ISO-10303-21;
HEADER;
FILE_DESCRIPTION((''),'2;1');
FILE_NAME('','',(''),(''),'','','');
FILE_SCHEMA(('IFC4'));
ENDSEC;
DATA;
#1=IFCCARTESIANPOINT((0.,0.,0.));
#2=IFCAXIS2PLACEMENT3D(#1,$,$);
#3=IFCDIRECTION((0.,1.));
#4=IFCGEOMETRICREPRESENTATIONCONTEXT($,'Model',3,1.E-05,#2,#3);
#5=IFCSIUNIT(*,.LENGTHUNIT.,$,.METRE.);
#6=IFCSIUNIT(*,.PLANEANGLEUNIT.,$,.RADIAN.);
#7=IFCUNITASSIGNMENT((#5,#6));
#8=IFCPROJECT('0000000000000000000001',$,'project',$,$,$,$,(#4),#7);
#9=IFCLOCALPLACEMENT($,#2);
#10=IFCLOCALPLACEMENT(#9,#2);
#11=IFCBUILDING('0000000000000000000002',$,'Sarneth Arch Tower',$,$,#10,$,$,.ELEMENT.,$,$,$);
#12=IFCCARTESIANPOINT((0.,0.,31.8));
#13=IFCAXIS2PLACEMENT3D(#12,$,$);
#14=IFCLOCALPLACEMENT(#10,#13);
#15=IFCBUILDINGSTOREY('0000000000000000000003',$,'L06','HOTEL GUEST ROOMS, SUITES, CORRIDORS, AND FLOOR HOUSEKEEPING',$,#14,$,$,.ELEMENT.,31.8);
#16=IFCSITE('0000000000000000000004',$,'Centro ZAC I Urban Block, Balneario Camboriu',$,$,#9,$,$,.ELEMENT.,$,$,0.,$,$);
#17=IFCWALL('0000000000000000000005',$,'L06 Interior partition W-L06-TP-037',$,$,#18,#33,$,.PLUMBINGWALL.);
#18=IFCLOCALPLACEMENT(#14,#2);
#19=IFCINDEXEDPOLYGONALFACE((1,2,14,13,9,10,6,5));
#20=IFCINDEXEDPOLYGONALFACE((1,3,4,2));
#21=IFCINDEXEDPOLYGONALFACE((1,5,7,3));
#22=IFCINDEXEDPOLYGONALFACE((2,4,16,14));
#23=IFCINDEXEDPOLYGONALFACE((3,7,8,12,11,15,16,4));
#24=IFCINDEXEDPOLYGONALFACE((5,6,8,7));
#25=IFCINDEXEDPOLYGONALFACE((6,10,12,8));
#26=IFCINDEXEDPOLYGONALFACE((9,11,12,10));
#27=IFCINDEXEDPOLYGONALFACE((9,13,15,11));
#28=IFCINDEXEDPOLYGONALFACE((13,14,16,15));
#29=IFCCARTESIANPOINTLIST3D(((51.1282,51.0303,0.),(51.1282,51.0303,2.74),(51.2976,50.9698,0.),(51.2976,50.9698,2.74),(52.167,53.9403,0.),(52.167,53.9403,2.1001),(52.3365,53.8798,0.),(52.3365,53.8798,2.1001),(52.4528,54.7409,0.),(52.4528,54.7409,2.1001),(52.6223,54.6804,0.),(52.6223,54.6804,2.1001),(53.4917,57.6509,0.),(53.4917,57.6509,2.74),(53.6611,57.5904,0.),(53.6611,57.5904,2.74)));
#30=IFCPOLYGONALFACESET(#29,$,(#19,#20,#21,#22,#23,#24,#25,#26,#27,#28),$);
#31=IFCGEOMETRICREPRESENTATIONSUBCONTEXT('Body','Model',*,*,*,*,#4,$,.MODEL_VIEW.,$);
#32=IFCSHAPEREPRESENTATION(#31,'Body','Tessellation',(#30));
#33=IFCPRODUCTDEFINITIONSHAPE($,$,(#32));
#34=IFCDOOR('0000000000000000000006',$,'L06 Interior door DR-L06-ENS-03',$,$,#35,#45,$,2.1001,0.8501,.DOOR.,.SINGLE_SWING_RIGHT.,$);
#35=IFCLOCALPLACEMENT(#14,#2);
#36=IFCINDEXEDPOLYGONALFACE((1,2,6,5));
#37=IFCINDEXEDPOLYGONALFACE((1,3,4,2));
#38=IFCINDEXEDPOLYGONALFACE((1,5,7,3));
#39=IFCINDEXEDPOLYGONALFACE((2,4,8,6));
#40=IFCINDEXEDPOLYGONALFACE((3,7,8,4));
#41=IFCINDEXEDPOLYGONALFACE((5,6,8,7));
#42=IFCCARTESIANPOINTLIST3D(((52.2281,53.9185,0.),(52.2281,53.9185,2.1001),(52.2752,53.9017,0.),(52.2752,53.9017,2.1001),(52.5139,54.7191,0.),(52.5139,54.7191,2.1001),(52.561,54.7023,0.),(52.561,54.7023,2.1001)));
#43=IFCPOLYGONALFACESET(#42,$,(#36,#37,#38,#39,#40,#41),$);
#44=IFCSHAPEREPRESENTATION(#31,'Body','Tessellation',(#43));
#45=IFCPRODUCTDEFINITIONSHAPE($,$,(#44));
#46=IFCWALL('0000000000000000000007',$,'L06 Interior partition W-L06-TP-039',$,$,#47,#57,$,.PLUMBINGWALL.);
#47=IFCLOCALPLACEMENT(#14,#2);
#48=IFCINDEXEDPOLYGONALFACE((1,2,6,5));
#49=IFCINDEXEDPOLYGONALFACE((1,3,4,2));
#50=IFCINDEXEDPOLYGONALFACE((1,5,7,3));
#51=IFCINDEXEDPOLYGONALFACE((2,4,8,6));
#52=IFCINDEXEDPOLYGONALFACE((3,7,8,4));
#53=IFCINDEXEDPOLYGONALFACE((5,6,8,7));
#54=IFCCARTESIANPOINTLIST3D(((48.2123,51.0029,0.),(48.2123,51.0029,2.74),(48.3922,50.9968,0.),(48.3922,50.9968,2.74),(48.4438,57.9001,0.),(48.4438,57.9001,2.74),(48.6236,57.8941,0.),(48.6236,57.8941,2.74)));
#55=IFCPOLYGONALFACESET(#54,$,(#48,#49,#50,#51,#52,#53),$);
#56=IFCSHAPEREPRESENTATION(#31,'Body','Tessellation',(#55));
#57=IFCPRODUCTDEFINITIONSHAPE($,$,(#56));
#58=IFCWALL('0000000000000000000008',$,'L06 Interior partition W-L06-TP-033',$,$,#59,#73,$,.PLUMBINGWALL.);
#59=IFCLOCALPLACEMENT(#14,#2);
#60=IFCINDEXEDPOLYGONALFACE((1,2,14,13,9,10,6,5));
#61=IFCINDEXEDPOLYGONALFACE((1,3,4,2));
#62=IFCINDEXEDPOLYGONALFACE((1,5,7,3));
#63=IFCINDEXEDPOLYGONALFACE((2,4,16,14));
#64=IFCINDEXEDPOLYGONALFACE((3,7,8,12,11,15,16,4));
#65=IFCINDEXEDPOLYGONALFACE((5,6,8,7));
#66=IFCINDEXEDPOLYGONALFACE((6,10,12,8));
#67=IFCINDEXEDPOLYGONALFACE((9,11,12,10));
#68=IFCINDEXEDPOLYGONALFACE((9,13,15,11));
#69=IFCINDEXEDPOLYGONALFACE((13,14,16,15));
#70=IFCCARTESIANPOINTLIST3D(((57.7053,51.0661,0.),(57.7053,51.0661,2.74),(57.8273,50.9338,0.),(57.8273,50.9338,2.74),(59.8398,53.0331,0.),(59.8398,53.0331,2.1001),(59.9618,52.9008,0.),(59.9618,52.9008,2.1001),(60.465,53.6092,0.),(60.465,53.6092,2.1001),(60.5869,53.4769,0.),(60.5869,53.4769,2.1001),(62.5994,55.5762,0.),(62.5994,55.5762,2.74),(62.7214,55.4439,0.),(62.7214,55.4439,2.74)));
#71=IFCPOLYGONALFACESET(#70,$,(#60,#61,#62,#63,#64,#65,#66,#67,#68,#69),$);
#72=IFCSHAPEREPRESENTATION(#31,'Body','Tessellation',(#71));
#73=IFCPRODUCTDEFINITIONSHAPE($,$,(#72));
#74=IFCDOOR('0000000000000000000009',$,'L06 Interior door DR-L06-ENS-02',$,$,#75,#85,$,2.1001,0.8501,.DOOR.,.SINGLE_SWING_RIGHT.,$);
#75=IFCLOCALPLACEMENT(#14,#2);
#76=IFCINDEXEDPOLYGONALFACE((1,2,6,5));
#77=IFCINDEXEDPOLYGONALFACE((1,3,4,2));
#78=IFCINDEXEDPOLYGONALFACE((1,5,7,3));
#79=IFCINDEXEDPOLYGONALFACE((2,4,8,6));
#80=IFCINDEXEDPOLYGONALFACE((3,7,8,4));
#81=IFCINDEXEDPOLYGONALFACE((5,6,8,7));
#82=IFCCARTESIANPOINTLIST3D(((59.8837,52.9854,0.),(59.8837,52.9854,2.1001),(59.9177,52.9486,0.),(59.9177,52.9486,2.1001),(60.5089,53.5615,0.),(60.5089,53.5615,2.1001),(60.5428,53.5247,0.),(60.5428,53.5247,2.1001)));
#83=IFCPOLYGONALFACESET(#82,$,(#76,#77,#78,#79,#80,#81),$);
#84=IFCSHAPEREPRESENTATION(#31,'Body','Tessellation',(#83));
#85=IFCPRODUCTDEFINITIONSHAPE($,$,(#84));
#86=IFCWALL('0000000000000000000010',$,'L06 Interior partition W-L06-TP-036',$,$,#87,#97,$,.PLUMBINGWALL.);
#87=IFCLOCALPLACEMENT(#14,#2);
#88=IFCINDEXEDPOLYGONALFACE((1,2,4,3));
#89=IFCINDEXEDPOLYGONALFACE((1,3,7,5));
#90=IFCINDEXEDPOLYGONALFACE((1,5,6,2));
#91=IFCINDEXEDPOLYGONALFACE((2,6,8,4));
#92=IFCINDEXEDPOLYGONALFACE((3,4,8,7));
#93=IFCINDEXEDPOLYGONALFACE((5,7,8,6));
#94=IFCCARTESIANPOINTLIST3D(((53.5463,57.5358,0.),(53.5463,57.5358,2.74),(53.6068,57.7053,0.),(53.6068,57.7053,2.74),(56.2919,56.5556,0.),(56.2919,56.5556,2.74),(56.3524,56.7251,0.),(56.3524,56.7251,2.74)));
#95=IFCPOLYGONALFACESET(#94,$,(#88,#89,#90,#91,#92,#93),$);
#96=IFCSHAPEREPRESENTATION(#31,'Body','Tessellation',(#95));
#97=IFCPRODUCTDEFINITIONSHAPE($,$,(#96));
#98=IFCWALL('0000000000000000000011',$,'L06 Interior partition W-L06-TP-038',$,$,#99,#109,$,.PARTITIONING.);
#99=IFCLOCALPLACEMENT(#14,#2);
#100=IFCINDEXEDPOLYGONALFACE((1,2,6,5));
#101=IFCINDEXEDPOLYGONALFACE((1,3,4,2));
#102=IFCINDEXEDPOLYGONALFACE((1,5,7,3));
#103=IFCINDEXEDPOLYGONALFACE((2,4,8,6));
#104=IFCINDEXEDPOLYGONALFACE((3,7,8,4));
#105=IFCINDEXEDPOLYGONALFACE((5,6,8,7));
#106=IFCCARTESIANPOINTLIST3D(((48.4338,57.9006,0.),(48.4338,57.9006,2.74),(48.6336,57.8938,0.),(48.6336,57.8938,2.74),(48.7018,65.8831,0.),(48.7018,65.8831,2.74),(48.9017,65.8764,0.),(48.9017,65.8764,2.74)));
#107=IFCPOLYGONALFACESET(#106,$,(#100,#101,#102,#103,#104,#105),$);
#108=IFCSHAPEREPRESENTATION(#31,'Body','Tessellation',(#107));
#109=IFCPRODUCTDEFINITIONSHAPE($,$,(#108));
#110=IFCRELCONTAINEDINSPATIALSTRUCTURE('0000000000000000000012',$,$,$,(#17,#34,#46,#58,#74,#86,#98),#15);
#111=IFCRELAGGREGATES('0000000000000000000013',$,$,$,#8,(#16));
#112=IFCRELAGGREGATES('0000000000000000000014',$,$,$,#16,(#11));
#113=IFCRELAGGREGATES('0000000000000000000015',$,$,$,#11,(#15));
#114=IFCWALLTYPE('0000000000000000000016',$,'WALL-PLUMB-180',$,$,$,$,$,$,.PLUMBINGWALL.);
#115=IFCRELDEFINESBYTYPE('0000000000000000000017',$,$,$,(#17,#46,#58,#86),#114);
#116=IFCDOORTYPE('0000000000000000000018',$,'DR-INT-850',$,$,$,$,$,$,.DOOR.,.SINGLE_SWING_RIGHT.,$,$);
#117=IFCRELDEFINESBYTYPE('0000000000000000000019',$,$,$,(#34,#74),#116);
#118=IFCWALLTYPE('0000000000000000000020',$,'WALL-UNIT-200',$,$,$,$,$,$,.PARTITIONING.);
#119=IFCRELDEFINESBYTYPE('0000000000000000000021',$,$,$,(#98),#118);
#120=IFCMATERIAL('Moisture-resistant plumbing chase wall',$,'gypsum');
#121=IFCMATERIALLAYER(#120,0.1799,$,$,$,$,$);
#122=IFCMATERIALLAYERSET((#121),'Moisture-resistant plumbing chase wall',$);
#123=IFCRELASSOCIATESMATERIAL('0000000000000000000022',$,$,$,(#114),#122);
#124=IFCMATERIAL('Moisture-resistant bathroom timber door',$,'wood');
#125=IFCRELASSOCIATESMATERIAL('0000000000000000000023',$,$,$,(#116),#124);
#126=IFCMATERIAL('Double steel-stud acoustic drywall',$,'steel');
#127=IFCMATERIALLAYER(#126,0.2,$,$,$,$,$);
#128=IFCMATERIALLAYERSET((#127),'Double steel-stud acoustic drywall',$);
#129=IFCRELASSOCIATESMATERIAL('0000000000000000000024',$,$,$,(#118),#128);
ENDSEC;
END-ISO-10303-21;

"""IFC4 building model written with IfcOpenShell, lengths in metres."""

from ifc_helpers import new_model, si_unit, direction, frame, frame_2d, origin, place, context, subcontext, project, spatial, rectangle, extrude, material, layer, layer_set, type_object, element, fill, save


model = new_model("IFC4")

# Units and contexts
model_context = context("Model", 3, precision=1e-05, world=origin(), true_north=direction((0.0, 1.0)))
body_context = subcontext(model_context, "Body", "Model", "MODEL_VIEW")
ifc_project = project(units=[si_unit("LENGTHUNIT", "METRE"), si_unit("PLANEANGLEUNIT", "RADIAN")], contexts=[model_context])

# Site, building, storey
site_placement = place(None, origin())
site = spatial("IfcSite", under=ifc_project, at=site_placement, Name="Centro ZAC I Urban Block, Balneario Camboriu", CompositionType="ELEMENT", RefElevation=0.0)
building_placement = place(site_placement, origin())
building = spatial("IfcBuilding", under=site, at=building_placement, Name="Sarneth Arch Tower", CompositionType="ELEMENT")
storey_placement = place(building_placement, frame((0.0, 0.0, 31.8)))
storey = spatial("IfcBuildingStorey", under=building, at=storey_placement, Name="L06", Description="HOTEL GUEST ROOMS, SUITES, CORRIDORS, AND FLOOR HOUSEKEEPING", CompositionType="ELEMENT", Elevation=31.8)

# Wall, opening, door
ifc_material_1 = material(Name="Moisture-resistant plumbing chase wall", Category="gypsum")
ifc_layer_1 = layer(ifc_material_1, 0.1799)
ifc_layer_set_1 = layer_set([ifc_layer_1], Name="Moisture-resistant plumbing chase wall")
wall_type_1 = type_object("IfcWallType", Name="WALL-PLUMB-180", PredefinedType="PLUMBINGWALL", material=ifc_layer_set_1)
wall_1_placement = place(storey_placement, frame((53.5764, 57.6206, 0.0), z_axis=(0.0, 0.0, 1.0), x_axis=(-0.336213, -0.941786, 0.0)))
wall_1 = element("IfcWall", 1, at=wall_1_placement, inside=storey, type_object=wall_type_1, Name="L06 Interior partition W-L06-TP-037", PredefinedType="PLUMBINGWALL", context=body_context, shape_type="SweptSolid", body=[
    extrude(rectangle(XDim=7.0298, YDim=0.1799, at=frame_2d((3.5149, 0.0))), origin(), (0.0, 0.0, 1.0), 2.74),
])
opening_1_placement = place(wall_1_placement, frame((3.0898, 0.0, 0.0)))
opening_1 = element("IfcOpeningElement", 2, at=opening_1_placement, cuts=wall_1, PredefinedType="OPENING", context=body_context, shape_type="SweptSolid", body=[
    extrude(rectangle(XDim=0.8501, YDim=2.1001, at=frame_2d((0.425, 1.05))), frame((0.0, 0.0999, 0.0), z_axis=(0.0, -1.0, 0.0), x_axis=(1.0, 0.0, 0.0)), (0.0, 0.0, 1.0), 0.2),
])
ifc_material_2 = material(Name="Moisture-resistant bathroom timber door", Category="wood")
door_type_1 = type_object("IfcDoorType", Name="DR-INT-850", OperationType="SINGLE_SWING_RIGHT", PredefinedType="DOOR", material=ifc_material_2)
door_1_placement = place(opening_1_placement, origin())
door_1 = element("IfcDoor", 3, at=door_1_placement, inside=storey, type_object=door_type_1, Name="L06 Interior door DR-L06-ENS-03", OperationType="SINGLE_SWING_RIGHT", OverallHeight=2.1001, OverallWidth=0.8501, PredefinedType="DOOR", context=body_context, shape_type="SweptSolid", body=[
    extrude(rectangle(XDim=0.8501, YDim=2.1001, at=frame_2d((0.425, 1.05))), frame((0.0, 0.0249, 0.0), z_axis=(0.0, -1.0, 0.0), x_axis=(1.0, 0.0, 0.0)), (0.0, 0.0, 1.0), 0.05),
])
fill(opening_1, door_1)

# Wall
wall_2_placement = place(storey_placement, frame((48.5337, 57.8972, 0.0), z_axis=(0.0, 0.0, 1.0), x_axis=(-0.033537, -0.999437, 0.0)))
element("IfcWall", 4, at=wall_2_placement, inside=storey, type_object=wall_type_1, Name="L06 Interior partition W-L06-TP-039", PredefinedType="PLUMBINGWALL", context=body_context, shape_type="SweptSolid", body=[
    extrude(rectangle(XDim=6.9011, YDim=0.1799, at=frame_2d((3.4507, 0.0))), origin(), (0.0, 0.0, 1.0), 2.74),
])

# Wall, opening, door
wall_3_placement = place(storey_placement, frame((62.6604, 55.51, 0.0), z_axis=(0.0, 0.0, 1.0), x_axis=(-0.73537, -0.677666, 0.0)))
wall_3 = element("IfcWall", 5, at=wall_3_placement, inside=storey, type_object=wall_type_1, Name="L06 Interior partition W-L06-TP-033", PredefinedType="PLUMBINGWALL", context=body_context, shape_type="SweptSolid", body=[
    extrude(rectangle(XDim=6.6553, YDim=0.1799, at=frame_2d((3.3276, 0.0))), origin(), (0.0, 0.0, 1.0), 2.74),
])
opening_2_placement = place(wall_3_placement, frame((2.9026, 0.0, 0.0)))
opening_2 = element("IfcOpeningElement", 6, at=opening_2_placement, cuts=wall_3, PredefinedType="OPENING", context=body_context, shape_type="SweptSolid", body=[
    extrude(rectangle(XDim=0.8501, YDim=2.1001, at=frame_2d((0.425, 1.05))), frame((0.0, 0.0999, 0.0), z_axis=(0.0, -1.0, 0.0), x_axis=(1.0, 0.0, 0.0)), (0.0, 0.0, 1.0), 0.2),
])
door_2_placement = place(opening_2_placement, origin())
door_2 = element("IfcDoor", 7, at=door_2_placement, inside=storey, type_object=door_type_1, Name="L06 Interior door DR-L06-ENS-02", OperationType="SINGLE_SWING_RIGHT", OverallHeight=2.1001, OverallWidth=0.8501, PredefinedType="DOOR", context=body_context, shape_type="SweptSolid", body=[
    extrude(rectangle(XDim=0.8501, YDim=2.1001, at=frame_2d((0.425, 1.05))), frame((0.0, 0.0249, 0.0), z_axis=(0.0, -1.0, 0.0), x_axis=(1.0, 0.0, 0.0)), (0.0, 0.0, 1.0), 0.05),
])
fill(opening_2, door_2)

# Walls
wall_4_placement = place(storey_placement, frame((56.322, 56.6404, 0.0), z_axis=(0.0, 0.0, 1.0), x_axis=(-0.94178, 0.33623, 0.0)))
element("IfcWall", 8, at=wall_4_placement, inside=storey, type_object=wall_type_1, Name="L06 Interior partition W-L06-TP-036", PredefinedType="PLUMBINGWALL", context=body_context, shape_type="SweptSolid", body=[
    extrude(rectangle(XDim=2.9153, YDim=0.1799, at=frame_2d((1.4575, 0.0))), origin(), (0.0, 0.0, 1.0), 2.74),
])
ifc_material_3 = material(Name="Double steel-stud acoustic drywall", Category="steel")
ifc_layer_2 = layer(ifc_material_3, 0.2)
ifc_layer_set_2 = layer_set([ifc_layer_2], Name="Double steel-stud acoustic drywall")
wall_type_2 = type_object("IfcWallType", Name="WALL-UNIT-200", PredefinedType="PARTITIONING", material=ifc_layer_set_2)
wall_5_placement = place(storey_placement, frame((48.8018, 65.8799, 0.0), z_axis=(0.0, 0.0, 1.0), x_axis=(-0.033562, -0.999437, 0.0)))
element("IfcWall", 9, at=wall_5_placement, inside=storey, type_object=wall_type_2, Name="L06 Interior partition W-L06-TP-038", PredefinedType="PARTITIONING", context=body_context, shape_type="SweptSolid", body=[
    extrude(rectangle(XDim=7.9871, YDim=0.2, at=frame_2d((3.9937, 0.0))), origin(), (0.0, 0.0, 1.0), 2.74),
])

save(model, "model.ifc")
